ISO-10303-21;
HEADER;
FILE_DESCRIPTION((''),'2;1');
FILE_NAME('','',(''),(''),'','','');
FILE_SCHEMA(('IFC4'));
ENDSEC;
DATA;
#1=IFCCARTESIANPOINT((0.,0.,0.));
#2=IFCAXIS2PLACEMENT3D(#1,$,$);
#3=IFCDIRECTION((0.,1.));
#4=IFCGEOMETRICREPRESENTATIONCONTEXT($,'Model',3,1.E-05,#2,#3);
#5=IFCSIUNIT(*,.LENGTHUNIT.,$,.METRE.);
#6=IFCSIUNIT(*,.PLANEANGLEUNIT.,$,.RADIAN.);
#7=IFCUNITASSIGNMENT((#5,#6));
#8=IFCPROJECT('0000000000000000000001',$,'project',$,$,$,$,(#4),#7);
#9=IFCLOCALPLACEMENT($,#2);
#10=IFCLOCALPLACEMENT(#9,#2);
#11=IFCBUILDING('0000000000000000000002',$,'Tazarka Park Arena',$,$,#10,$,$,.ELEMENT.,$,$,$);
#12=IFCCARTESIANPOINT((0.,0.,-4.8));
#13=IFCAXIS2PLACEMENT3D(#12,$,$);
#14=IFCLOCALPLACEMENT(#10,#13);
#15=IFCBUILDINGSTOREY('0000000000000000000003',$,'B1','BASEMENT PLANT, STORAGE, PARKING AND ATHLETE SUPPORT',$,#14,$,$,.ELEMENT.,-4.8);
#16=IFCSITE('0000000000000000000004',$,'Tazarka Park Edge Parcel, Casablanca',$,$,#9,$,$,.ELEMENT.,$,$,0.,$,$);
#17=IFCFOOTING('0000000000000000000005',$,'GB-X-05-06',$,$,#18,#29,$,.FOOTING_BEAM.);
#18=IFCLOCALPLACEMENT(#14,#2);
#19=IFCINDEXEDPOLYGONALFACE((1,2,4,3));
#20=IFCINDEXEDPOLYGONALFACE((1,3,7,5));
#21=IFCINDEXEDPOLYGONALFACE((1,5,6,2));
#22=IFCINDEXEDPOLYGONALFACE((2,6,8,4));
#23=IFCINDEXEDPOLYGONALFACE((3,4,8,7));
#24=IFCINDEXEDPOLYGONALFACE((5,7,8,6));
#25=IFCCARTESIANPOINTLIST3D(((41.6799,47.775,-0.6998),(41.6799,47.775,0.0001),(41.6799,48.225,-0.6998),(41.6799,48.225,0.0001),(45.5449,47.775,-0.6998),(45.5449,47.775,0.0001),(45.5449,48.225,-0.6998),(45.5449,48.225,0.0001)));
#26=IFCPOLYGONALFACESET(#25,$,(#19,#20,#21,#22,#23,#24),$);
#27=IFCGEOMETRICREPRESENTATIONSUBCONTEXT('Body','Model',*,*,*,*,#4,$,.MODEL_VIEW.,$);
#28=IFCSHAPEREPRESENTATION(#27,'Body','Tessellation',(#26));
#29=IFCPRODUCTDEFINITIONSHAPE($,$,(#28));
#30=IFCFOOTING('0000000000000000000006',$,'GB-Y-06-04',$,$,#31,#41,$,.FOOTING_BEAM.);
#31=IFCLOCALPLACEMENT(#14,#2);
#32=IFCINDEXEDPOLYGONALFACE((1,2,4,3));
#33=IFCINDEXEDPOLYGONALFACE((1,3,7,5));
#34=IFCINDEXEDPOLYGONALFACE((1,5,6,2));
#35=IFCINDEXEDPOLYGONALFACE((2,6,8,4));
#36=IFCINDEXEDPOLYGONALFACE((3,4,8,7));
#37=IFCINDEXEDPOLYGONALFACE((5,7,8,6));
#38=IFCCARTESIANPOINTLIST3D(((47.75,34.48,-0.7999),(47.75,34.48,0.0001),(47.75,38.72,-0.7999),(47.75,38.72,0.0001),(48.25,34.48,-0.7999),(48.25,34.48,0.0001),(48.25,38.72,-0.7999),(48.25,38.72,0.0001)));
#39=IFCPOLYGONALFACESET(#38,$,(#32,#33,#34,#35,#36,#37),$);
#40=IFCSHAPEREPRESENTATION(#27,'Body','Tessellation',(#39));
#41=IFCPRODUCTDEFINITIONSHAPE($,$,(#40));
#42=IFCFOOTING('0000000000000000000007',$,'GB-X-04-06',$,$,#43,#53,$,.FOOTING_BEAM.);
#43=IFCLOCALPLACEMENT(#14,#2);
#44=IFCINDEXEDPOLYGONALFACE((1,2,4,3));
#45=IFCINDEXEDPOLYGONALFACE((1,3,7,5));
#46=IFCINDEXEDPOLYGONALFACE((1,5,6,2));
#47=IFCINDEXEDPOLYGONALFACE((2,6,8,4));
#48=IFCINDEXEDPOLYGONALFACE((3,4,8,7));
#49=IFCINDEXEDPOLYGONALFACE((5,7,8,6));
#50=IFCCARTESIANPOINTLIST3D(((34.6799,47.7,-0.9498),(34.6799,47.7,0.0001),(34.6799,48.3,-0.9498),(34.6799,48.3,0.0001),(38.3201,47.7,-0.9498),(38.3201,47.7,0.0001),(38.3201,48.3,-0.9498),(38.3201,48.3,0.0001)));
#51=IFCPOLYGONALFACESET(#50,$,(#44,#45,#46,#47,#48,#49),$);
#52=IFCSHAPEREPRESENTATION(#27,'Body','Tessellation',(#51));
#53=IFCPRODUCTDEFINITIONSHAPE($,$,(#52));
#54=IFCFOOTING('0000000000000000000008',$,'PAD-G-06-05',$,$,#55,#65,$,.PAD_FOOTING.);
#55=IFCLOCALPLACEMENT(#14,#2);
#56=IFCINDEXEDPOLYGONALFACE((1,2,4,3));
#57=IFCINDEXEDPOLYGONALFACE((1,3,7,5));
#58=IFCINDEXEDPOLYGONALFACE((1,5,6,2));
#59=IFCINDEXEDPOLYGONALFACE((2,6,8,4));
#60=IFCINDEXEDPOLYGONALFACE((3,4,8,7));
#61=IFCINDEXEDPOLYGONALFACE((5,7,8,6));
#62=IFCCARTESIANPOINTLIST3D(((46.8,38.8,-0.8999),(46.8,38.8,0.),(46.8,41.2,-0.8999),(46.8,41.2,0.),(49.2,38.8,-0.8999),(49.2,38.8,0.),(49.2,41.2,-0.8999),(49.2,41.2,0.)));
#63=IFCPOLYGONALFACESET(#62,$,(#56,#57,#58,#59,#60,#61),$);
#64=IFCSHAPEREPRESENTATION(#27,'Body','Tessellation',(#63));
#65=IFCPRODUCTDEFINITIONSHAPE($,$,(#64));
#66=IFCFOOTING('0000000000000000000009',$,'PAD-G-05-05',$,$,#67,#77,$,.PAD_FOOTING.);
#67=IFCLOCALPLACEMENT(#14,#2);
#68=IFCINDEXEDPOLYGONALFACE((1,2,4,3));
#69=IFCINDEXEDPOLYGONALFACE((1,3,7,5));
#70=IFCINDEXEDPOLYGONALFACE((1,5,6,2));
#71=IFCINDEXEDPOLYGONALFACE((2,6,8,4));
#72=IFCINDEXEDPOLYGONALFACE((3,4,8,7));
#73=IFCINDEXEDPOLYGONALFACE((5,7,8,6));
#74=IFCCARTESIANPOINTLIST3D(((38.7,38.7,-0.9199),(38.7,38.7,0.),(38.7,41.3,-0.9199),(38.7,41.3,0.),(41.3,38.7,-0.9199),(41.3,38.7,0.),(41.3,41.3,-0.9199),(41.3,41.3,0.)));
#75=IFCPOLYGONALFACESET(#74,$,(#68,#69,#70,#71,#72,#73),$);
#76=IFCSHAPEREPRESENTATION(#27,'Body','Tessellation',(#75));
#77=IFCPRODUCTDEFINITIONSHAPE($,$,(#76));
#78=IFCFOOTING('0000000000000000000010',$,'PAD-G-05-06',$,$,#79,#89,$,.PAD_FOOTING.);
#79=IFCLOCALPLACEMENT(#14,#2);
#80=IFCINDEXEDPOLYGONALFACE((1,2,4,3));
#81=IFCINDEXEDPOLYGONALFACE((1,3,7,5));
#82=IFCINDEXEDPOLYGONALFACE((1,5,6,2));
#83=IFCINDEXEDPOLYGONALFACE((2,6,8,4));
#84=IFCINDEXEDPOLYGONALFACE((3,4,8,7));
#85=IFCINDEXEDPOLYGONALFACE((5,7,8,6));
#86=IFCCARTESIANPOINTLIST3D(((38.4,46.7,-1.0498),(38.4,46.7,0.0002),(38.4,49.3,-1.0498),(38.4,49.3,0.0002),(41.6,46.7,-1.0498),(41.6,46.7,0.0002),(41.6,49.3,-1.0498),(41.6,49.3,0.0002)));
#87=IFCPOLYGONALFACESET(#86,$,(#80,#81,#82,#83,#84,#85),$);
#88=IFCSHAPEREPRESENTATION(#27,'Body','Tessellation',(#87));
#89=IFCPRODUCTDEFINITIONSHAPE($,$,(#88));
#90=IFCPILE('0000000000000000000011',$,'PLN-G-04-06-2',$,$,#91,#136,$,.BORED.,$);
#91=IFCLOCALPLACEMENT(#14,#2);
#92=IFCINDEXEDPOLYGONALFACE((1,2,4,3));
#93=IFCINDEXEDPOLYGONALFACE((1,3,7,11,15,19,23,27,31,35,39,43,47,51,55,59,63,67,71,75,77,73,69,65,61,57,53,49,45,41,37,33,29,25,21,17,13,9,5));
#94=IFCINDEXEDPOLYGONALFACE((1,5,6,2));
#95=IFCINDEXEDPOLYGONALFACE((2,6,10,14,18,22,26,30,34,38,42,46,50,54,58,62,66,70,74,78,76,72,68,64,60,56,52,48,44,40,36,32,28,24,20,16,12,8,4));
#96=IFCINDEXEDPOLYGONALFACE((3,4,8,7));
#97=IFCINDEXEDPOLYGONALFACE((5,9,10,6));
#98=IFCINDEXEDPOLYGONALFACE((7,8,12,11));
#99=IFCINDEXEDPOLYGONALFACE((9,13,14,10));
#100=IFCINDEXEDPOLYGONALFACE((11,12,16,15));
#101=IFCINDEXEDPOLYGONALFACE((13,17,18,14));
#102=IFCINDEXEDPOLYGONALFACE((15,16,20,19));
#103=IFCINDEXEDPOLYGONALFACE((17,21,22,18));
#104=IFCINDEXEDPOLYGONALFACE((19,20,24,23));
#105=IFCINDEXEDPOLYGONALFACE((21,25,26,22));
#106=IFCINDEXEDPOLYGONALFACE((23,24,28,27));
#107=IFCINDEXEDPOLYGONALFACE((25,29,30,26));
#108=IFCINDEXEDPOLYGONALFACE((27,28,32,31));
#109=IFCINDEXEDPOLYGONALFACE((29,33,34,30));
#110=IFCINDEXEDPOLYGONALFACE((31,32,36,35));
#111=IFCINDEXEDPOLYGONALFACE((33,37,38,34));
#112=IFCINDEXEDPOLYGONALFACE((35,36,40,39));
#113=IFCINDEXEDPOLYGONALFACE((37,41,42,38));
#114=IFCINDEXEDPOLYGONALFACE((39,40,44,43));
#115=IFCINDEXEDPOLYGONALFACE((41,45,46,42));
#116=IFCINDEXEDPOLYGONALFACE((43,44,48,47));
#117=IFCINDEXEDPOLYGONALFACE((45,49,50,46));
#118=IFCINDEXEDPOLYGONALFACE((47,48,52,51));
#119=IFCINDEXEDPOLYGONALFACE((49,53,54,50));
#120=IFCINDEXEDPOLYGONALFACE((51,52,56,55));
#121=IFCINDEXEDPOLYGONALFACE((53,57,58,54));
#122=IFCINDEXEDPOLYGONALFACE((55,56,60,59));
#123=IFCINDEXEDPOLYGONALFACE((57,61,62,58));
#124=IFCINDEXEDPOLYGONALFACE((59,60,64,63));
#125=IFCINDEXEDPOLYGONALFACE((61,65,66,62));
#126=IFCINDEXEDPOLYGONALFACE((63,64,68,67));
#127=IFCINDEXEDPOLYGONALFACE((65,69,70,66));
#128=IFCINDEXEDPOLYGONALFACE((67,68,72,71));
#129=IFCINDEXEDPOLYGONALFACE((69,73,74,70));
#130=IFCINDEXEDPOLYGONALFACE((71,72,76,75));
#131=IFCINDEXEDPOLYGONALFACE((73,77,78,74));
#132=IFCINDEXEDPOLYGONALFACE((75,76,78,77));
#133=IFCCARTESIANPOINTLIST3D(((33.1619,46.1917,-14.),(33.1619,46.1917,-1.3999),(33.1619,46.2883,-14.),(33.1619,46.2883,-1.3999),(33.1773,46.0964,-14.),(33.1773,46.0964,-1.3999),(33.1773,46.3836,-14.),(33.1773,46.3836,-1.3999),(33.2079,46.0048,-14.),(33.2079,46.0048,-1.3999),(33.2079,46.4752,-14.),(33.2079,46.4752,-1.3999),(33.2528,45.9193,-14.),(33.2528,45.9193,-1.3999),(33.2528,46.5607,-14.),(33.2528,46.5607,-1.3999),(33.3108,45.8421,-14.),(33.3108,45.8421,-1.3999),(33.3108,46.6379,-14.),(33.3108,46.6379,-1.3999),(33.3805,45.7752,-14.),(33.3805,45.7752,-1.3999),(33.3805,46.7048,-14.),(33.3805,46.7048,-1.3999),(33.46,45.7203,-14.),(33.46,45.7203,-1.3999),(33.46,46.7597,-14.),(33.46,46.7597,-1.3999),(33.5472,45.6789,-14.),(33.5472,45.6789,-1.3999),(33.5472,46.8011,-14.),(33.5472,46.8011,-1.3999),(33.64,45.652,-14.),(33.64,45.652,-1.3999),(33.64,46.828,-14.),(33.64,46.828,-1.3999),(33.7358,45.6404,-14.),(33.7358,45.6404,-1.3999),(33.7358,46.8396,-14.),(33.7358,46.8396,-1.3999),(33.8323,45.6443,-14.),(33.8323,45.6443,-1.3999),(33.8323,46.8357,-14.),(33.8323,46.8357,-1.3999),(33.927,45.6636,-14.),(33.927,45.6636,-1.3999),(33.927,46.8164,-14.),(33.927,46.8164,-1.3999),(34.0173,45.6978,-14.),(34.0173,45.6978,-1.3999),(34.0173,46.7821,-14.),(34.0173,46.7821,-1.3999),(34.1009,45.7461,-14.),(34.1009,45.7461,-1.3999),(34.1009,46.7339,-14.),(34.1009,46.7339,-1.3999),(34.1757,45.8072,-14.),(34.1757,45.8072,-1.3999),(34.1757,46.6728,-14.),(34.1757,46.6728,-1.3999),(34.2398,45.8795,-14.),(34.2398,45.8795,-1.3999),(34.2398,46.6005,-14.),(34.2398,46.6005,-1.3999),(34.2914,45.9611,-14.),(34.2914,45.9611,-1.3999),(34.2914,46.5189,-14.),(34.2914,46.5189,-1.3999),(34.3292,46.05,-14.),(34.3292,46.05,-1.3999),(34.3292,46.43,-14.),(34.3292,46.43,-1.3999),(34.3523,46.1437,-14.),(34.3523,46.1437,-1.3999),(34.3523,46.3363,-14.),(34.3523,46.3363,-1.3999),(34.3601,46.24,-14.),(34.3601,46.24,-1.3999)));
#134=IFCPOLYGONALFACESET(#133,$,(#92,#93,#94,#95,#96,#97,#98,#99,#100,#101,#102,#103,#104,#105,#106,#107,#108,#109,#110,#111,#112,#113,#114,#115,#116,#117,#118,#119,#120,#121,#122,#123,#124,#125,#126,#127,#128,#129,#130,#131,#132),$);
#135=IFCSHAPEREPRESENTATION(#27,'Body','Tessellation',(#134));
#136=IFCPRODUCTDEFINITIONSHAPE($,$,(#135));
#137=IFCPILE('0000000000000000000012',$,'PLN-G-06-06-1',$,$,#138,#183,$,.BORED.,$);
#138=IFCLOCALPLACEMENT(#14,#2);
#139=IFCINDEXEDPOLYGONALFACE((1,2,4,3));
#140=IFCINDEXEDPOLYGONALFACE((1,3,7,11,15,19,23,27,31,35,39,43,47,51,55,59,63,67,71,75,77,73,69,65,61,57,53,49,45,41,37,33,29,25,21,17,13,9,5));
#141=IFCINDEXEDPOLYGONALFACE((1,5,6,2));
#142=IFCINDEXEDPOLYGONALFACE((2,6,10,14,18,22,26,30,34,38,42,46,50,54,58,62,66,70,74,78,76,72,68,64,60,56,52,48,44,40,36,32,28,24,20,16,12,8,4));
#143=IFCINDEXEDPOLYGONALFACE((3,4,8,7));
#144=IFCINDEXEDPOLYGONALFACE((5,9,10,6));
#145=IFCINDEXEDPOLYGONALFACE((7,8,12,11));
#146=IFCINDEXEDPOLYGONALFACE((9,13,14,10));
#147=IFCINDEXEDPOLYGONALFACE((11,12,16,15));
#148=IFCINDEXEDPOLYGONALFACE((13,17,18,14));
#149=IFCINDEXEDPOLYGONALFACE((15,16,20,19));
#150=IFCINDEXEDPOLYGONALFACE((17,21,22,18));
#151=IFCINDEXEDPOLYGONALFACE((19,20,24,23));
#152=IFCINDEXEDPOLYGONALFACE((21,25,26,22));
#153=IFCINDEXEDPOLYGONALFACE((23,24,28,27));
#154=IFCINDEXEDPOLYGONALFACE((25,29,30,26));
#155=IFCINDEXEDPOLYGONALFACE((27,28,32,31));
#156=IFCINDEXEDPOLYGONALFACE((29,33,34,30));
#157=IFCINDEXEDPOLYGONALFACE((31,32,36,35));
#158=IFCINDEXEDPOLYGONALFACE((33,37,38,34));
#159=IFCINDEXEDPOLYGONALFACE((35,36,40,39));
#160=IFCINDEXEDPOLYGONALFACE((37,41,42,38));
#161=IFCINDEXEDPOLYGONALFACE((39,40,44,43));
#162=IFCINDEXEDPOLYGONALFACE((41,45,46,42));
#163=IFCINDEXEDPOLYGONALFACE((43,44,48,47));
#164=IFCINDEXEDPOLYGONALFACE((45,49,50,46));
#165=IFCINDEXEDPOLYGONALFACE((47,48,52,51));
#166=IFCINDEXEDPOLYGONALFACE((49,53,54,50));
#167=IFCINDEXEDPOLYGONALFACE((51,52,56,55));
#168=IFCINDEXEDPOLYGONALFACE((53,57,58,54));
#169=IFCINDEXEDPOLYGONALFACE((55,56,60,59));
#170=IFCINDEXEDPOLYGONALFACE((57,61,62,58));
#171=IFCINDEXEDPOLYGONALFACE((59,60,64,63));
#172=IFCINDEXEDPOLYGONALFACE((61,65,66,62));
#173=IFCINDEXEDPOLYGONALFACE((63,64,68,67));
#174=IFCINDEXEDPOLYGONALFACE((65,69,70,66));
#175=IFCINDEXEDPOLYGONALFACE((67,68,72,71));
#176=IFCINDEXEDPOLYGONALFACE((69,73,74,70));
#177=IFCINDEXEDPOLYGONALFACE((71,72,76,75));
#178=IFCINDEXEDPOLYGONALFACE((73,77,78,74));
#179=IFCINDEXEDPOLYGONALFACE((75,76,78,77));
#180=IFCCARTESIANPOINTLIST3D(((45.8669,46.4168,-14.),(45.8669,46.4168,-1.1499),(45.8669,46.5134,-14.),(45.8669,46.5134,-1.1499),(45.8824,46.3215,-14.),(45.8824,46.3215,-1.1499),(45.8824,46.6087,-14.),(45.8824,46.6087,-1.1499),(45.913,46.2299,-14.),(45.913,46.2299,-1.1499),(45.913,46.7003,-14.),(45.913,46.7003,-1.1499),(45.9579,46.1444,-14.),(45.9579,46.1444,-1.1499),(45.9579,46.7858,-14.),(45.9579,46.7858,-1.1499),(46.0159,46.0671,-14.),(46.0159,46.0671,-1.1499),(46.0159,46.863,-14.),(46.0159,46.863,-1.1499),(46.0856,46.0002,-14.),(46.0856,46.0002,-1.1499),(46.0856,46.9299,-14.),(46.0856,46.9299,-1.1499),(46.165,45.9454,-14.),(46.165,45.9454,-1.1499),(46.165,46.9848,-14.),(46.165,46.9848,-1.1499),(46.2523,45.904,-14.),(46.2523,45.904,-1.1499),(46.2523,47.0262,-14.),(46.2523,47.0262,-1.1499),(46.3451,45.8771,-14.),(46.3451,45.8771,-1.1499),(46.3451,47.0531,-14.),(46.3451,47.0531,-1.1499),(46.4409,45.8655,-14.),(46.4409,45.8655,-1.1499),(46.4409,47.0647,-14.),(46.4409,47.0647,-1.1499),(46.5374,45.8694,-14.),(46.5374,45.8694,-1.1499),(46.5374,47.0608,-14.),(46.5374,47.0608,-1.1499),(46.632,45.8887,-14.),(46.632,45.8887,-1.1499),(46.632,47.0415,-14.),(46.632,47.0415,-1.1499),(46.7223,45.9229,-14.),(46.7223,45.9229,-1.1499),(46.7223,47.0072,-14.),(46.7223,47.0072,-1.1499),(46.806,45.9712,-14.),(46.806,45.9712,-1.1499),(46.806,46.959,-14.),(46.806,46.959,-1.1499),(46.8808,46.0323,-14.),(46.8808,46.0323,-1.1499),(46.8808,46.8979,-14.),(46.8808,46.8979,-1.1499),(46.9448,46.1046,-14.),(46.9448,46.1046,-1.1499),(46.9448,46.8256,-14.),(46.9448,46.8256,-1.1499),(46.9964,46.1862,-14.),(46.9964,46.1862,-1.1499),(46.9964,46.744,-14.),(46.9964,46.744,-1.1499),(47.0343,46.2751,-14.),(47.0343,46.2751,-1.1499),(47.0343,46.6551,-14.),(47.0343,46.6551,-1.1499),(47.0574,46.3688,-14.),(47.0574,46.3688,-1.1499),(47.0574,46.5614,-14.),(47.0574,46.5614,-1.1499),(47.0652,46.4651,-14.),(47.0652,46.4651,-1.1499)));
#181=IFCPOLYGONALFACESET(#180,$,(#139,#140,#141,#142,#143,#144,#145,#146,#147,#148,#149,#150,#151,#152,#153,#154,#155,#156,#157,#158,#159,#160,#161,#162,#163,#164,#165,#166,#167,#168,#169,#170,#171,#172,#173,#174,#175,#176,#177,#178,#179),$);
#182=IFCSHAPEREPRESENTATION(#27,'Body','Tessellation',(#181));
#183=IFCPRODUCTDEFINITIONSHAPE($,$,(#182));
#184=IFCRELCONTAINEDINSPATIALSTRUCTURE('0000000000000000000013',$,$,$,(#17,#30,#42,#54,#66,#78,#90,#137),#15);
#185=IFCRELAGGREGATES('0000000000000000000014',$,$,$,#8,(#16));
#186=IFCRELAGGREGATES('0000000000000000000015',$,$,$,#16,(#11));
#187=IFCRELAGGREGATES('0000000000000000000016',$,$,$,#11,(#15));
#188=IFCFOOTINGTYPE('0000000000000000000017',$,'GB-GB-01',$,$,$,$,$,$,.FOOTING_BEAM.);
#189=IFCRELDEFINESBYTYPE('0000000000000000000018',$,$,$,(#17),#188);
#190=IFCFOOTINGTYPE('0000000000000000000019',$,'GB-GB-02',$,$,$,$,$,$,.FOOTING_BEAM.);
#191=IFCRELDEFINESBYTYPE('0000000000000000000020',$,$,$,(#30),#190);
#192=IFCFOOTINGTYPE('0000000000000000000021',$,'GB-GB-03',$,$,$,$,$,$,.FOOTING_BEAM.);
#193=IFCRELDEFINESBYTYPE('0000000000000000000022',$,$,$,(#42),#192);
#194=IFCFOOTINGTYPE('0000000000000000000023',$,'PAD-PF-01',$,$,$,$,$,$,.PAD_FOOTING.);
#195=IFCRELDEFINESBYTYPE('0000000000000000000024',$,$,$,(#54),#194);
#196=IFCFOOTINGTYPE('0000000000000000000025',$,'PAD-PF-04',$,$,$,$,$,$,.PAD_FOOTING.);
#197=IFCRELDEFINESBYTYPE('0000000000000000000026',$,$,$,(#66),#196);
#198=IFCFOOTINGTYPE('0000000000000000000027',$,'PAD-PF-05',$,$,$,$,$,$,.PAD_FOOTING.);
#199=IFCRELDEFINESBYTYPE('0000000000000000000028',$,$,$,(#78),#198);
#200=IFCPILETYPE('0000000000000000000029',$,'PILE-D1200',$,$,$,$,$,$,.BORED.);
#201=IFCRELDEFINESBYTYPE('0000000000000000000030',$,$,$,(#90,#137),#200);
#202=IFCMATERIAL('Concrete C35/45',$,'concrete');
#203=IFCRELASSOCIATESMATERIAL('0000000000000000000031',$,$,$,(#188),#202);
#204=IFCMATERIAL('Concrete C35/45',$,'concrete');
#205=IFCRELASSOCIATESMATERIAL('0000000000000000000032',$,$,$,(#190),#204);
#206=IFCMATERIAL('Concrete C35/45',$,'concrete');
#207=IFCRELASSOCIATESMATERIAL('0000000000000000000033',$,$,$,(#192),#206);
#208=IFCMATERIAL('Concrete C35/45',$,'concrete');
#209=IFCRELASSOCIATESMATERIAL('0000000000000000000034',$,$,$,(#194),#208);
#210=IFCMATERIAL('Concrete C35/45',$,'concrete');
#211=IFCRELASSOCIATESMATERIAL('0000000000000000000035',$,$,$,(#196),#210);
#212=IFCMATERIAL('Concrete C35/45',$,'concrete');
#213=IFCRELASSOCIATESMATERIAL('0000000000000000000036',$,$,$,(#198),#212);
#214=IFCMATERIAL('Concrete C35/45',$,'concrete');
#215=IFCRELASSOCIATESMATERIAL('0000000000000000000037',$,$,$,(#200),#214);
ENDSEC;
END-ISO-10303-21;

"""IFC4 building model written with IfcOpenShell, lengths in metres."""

from ifc_helpers import new_model, si_unit, direction, frame, origin, origin_2d, place, context, subcontext, project, spatial, rectangle, circle, extrude, material, material_profile, profile_set, type_object, element, save


model = new_model("IFC4")

# Units and contexts
model_context = context("Model", 3, precision=1e-05, world=origin(), true_north=direction((0.0, 1.0)))
body_context = subcontext(model_context, "Body", "Model", "MODEL_VIEW")
ifc_project = project(units=[si_unit("LENGTHUNIT", "METRE"), si_unit("PLANEANGLEUNIT", "RADIAN")], contexts=[model_context])

# Site, building, storey
site_placement = place(None, origin())
site = spatial("IfcSite", under=ifc_project, at=site_placement, Name="Tazarka Park Edge Parcel, Casablanca", CompositionType="ELEMENT", RefElevation=0.0)
building_placement = place(site_placement, origin())
building = spatial("IfcBuilding", under=site, at=building_placement, Name="Tazarka Park Arena", CompositionType="ELEMENT")
storey_placement = place(building_placement, frame((0.0, 0.0, -4.8)))
storey = spatial("IfcBuildingStorey", under=building, at=storey_placement, Name="B1", Description="BASEMENT PLANT, STORAGE, PARKING AND ATHLETE SUPPORT", CompositionType="ELEMENT", Elevation=-4.8)

# Footings
ifc_material_1 = material(Name="Concrete C35/45", Category="concrete")
ifc_material_profile_1 = material_profile(ifc_material_1, rectangle(XDim=0.45, YDim=0.7, at=origin_2d()), Name="Concrete C35/45")
ifc_profile_set_1 = profile_set([ifc_material_profile_1], Name="Concrete C35/45")
footing_type_1 = type_object("IfcFootingType", Name="GB-GB-01", PredefinedType="FOOTING_BEAM", material=ifc_profile_set_1)
footing_1_placement = place(storey_placement, frame((41.6799, 48.0, -0.3499), z_axis=(1.0, 0.0, 0.0), x_axis=(0.0, 1.0, 0.0)))
element("IfcFooting", 1, at=footing_1_placement, inside=storey, type_object=footing_type_1, Name="GB-X-05-06", PredefinedType="FOOTING_BEAM", context=body_context, shape_type="SweptSolid", body=[
    extrude(rectangle(XDim=0.45, YDim=0.7, at=origin_2d()), origin(), (0.0, 0.0, 1.0), 3.865),
])
ifc_material_2 = material(Name="Concrete C35/45", Category="concrete")
ifc_material_profile_2 = material_profile(ifc_material_2, rectangle(XDim=0.5, YDim=0.8, at=origin_2d()), Name="Concrete C35/45")
ifc_profile_set_2 = profile_set([ifc_material_profile_2], Name="Concrete C35/45")
footing_type_2 = type_object("IfcFootingType", Name="GB-GB-02", PredefinedType="FOOTING_BEAM", material=ifc_profile_set_2)
footing_2_placement = place(storey_placement, frame((48.0, 34.48, -0.3999), z_axis=(0.0, 1.0, 0.0), x_axis=(-1.0, 0.0, 0.0)))
element("IfcFooting", 2, at=footing_2_placement, inside=storey, type_object=footing_type_2, Name="GB-Y-06-04", PredefinedType="FOOTING_BEAM", context=body_context, shape_type="SweptSolid", body=[
    extrude(rectangle(XDim=0.5, YDim=0.8, at=origin_2d()), origin(), (0.0, 0.0, 1.0), 4.24),
])
ifc_material_3 = material(Name="Concrete C35/45", Category="concrete")
ifc_material_profile_3 = material_profile(ifc_material_3, rectangle(XDim=0.6001, YDim=0.95, at=origin_2d()), Name="Concrete C35/45")
ifc_profile_set_3 = profile_set([ifc_material_profile_3], Name="Concrete C35/45")
footing_type_3 = type_object("IfcFootingType", Name="GB-GB-03", PredefinedType="FOOTING_BEAM", material=ifc_profile_set_3)
footing_3_placement = place(storey_placement, frame((34.6799, 48.0, -0.4749), z_axis=(1.0, 0.0, 0.0), x_axis=(0.0, 1.0, 0.0)))
element("IfcFooting", 3, at=footing_3_placement, inside=storey, type_object=footing_type_3, Name="GB-X-04-06", PredefinedType="FOOTING_BEAM", context=body_context, shape_type="SweptSolid", body=[
    extrude(rectangle(XDim=0.6001, YDim=0.95, at=origin_2d()), origin(), (0.0, 0.0, 1.0), 3.6401),
])
ifc_material_4 = material(Name="Concrete C35/45", Category="concrete")
footing_type_4 = type_object("IfcFootingType", Name="PAD-PF-01", PredefinedType="PAD_FOOTING", material=ifc_material_4)
footing_4_placement = place(storey_placement, frame((48.0, 40.0, -0.8999), z_axis=(0.0, 0.0, 1.0), x_axis=(1.0, 0.0, 0.0)))
element("IfcFooting", 4, at=footing_4_placement, inside=storey, type_object=footing_type_4, Name="PAD-G-06-05", PredefinedType="PAD_FOOTING", context=body_context, shape_type="SweptSolid", body=[
    extrude(rectangle(XDim=2.3999, YDim=2.3999, at=origin_2d()), origin(), (0.0, 0.0, 1.0), 0.8999),
])
ifc_material_5 = material(Name="Concrete C35/45", Category="concrete")
footing_type_5 = type_object("IfcFootingType", Name="PAD-PF-04", PredefinedType="PAD_FOOTING", material=ifc_material_5)
footing_5_placement = place(storey_placement, frame((40.0, 40.0, -0.9199), z_axis=(0.0, 0.0, 1.0), x_axis=(1.0, 0.0, 0.0)))
element("IfcFooting", 5, at=footing_5_placement, inside=storey, type_object=footing_type_5, Name="PAD-G-05-05", PredefinedType="PAD_FOOTING", context=body_context, shape_type="SweptSolid", body=[
    extrude(rectangle(XDim=2.6001, YDim=2.6001, at=origin_2d()), origin(), (0.0, 0.0, 1.0), 0.9199),
])
ifc_material_6 = material(Name="Concrete C35/45", Category="concrete")
footing_type_6 = type_object("IfcFootingType", Name="PAD-PF-05", PredefinedType="PAD_FOOTING", material=ifc_material_6)
footing_6_placement = place(storey_placement, frame((40.0, 48.0, -1.0498), z_axis=(0.0, 0.0, 1.0), x_axis=(1.0, 0.0, 0.0)))
element("IfcFooting", 6, at=footing_6_placement, inside=storey, type_object=footing_type_6, Name="PAD-G-05-06", PredefinedType="PAD_FOOTING", context=body_context, shape_type="SweptSolid", body=[
    extrude(rectangle(XDim=3.2, YDim=2.6001, at=origin_2d()), origin(), (0.0, 0.0, 1.0), 1.05),
])

# Piles
ifc_material_7 = material(Name="Concrete C35/45", Category="concrete")
ifc_material_profile_4 = material_profile(ifc_material_7, circle(Radius=0.6001, at=origin_2d()), Name="Concrete C35/45")
ifc_profile_set_4 = profile_set([ifc_material_profile_4], Name="Concrete C35/45")
pile_type_1 = type_object("IfcPileType", Name="PILE-D1200", PredefinedType="BORED", material=ifc_profile_set_4)
pile_1_placement = place(storey_placement, frame((33.76, 46.24, -1.3999), z_axis=(0.0, 0.0, -1.0), x_axis=(1.0, 0.0, 0.0)))
element("IfcPile", 7, at=pile_1_placement, inside=storey, type_object=pile_type_1, Name="PLN-G-04-06-2", PredefinedType="BORED", context=body_context, shape_type="SweptSolid", body=[
    extrude(circle(Radius=0.6001, at=origin_2d()), origin(), (0.0, 0.0, 1.0), 12.6001),
])
pile_2_placement = place(storey_placement, frame((46.4651, 46.4651, -1.1499), z_axis=(0.0, 0.0, -1.0), x_axis=(1.0, 0.0, 0.0)))
element("IfcPile", 8, at=pile_2_placement, inside=storey, type_object=pile_type_1, Name="PLN-G-06-06-1", PredefinedType="BORED", context=body_context, shape_type="SweptSolid", body=[
    extrude(circle(Radius=0.6001, at=origin_2d()), origin(), (0.0, 0.0, 1.0), 12.8501),
])

save(model, "model.ifc")
